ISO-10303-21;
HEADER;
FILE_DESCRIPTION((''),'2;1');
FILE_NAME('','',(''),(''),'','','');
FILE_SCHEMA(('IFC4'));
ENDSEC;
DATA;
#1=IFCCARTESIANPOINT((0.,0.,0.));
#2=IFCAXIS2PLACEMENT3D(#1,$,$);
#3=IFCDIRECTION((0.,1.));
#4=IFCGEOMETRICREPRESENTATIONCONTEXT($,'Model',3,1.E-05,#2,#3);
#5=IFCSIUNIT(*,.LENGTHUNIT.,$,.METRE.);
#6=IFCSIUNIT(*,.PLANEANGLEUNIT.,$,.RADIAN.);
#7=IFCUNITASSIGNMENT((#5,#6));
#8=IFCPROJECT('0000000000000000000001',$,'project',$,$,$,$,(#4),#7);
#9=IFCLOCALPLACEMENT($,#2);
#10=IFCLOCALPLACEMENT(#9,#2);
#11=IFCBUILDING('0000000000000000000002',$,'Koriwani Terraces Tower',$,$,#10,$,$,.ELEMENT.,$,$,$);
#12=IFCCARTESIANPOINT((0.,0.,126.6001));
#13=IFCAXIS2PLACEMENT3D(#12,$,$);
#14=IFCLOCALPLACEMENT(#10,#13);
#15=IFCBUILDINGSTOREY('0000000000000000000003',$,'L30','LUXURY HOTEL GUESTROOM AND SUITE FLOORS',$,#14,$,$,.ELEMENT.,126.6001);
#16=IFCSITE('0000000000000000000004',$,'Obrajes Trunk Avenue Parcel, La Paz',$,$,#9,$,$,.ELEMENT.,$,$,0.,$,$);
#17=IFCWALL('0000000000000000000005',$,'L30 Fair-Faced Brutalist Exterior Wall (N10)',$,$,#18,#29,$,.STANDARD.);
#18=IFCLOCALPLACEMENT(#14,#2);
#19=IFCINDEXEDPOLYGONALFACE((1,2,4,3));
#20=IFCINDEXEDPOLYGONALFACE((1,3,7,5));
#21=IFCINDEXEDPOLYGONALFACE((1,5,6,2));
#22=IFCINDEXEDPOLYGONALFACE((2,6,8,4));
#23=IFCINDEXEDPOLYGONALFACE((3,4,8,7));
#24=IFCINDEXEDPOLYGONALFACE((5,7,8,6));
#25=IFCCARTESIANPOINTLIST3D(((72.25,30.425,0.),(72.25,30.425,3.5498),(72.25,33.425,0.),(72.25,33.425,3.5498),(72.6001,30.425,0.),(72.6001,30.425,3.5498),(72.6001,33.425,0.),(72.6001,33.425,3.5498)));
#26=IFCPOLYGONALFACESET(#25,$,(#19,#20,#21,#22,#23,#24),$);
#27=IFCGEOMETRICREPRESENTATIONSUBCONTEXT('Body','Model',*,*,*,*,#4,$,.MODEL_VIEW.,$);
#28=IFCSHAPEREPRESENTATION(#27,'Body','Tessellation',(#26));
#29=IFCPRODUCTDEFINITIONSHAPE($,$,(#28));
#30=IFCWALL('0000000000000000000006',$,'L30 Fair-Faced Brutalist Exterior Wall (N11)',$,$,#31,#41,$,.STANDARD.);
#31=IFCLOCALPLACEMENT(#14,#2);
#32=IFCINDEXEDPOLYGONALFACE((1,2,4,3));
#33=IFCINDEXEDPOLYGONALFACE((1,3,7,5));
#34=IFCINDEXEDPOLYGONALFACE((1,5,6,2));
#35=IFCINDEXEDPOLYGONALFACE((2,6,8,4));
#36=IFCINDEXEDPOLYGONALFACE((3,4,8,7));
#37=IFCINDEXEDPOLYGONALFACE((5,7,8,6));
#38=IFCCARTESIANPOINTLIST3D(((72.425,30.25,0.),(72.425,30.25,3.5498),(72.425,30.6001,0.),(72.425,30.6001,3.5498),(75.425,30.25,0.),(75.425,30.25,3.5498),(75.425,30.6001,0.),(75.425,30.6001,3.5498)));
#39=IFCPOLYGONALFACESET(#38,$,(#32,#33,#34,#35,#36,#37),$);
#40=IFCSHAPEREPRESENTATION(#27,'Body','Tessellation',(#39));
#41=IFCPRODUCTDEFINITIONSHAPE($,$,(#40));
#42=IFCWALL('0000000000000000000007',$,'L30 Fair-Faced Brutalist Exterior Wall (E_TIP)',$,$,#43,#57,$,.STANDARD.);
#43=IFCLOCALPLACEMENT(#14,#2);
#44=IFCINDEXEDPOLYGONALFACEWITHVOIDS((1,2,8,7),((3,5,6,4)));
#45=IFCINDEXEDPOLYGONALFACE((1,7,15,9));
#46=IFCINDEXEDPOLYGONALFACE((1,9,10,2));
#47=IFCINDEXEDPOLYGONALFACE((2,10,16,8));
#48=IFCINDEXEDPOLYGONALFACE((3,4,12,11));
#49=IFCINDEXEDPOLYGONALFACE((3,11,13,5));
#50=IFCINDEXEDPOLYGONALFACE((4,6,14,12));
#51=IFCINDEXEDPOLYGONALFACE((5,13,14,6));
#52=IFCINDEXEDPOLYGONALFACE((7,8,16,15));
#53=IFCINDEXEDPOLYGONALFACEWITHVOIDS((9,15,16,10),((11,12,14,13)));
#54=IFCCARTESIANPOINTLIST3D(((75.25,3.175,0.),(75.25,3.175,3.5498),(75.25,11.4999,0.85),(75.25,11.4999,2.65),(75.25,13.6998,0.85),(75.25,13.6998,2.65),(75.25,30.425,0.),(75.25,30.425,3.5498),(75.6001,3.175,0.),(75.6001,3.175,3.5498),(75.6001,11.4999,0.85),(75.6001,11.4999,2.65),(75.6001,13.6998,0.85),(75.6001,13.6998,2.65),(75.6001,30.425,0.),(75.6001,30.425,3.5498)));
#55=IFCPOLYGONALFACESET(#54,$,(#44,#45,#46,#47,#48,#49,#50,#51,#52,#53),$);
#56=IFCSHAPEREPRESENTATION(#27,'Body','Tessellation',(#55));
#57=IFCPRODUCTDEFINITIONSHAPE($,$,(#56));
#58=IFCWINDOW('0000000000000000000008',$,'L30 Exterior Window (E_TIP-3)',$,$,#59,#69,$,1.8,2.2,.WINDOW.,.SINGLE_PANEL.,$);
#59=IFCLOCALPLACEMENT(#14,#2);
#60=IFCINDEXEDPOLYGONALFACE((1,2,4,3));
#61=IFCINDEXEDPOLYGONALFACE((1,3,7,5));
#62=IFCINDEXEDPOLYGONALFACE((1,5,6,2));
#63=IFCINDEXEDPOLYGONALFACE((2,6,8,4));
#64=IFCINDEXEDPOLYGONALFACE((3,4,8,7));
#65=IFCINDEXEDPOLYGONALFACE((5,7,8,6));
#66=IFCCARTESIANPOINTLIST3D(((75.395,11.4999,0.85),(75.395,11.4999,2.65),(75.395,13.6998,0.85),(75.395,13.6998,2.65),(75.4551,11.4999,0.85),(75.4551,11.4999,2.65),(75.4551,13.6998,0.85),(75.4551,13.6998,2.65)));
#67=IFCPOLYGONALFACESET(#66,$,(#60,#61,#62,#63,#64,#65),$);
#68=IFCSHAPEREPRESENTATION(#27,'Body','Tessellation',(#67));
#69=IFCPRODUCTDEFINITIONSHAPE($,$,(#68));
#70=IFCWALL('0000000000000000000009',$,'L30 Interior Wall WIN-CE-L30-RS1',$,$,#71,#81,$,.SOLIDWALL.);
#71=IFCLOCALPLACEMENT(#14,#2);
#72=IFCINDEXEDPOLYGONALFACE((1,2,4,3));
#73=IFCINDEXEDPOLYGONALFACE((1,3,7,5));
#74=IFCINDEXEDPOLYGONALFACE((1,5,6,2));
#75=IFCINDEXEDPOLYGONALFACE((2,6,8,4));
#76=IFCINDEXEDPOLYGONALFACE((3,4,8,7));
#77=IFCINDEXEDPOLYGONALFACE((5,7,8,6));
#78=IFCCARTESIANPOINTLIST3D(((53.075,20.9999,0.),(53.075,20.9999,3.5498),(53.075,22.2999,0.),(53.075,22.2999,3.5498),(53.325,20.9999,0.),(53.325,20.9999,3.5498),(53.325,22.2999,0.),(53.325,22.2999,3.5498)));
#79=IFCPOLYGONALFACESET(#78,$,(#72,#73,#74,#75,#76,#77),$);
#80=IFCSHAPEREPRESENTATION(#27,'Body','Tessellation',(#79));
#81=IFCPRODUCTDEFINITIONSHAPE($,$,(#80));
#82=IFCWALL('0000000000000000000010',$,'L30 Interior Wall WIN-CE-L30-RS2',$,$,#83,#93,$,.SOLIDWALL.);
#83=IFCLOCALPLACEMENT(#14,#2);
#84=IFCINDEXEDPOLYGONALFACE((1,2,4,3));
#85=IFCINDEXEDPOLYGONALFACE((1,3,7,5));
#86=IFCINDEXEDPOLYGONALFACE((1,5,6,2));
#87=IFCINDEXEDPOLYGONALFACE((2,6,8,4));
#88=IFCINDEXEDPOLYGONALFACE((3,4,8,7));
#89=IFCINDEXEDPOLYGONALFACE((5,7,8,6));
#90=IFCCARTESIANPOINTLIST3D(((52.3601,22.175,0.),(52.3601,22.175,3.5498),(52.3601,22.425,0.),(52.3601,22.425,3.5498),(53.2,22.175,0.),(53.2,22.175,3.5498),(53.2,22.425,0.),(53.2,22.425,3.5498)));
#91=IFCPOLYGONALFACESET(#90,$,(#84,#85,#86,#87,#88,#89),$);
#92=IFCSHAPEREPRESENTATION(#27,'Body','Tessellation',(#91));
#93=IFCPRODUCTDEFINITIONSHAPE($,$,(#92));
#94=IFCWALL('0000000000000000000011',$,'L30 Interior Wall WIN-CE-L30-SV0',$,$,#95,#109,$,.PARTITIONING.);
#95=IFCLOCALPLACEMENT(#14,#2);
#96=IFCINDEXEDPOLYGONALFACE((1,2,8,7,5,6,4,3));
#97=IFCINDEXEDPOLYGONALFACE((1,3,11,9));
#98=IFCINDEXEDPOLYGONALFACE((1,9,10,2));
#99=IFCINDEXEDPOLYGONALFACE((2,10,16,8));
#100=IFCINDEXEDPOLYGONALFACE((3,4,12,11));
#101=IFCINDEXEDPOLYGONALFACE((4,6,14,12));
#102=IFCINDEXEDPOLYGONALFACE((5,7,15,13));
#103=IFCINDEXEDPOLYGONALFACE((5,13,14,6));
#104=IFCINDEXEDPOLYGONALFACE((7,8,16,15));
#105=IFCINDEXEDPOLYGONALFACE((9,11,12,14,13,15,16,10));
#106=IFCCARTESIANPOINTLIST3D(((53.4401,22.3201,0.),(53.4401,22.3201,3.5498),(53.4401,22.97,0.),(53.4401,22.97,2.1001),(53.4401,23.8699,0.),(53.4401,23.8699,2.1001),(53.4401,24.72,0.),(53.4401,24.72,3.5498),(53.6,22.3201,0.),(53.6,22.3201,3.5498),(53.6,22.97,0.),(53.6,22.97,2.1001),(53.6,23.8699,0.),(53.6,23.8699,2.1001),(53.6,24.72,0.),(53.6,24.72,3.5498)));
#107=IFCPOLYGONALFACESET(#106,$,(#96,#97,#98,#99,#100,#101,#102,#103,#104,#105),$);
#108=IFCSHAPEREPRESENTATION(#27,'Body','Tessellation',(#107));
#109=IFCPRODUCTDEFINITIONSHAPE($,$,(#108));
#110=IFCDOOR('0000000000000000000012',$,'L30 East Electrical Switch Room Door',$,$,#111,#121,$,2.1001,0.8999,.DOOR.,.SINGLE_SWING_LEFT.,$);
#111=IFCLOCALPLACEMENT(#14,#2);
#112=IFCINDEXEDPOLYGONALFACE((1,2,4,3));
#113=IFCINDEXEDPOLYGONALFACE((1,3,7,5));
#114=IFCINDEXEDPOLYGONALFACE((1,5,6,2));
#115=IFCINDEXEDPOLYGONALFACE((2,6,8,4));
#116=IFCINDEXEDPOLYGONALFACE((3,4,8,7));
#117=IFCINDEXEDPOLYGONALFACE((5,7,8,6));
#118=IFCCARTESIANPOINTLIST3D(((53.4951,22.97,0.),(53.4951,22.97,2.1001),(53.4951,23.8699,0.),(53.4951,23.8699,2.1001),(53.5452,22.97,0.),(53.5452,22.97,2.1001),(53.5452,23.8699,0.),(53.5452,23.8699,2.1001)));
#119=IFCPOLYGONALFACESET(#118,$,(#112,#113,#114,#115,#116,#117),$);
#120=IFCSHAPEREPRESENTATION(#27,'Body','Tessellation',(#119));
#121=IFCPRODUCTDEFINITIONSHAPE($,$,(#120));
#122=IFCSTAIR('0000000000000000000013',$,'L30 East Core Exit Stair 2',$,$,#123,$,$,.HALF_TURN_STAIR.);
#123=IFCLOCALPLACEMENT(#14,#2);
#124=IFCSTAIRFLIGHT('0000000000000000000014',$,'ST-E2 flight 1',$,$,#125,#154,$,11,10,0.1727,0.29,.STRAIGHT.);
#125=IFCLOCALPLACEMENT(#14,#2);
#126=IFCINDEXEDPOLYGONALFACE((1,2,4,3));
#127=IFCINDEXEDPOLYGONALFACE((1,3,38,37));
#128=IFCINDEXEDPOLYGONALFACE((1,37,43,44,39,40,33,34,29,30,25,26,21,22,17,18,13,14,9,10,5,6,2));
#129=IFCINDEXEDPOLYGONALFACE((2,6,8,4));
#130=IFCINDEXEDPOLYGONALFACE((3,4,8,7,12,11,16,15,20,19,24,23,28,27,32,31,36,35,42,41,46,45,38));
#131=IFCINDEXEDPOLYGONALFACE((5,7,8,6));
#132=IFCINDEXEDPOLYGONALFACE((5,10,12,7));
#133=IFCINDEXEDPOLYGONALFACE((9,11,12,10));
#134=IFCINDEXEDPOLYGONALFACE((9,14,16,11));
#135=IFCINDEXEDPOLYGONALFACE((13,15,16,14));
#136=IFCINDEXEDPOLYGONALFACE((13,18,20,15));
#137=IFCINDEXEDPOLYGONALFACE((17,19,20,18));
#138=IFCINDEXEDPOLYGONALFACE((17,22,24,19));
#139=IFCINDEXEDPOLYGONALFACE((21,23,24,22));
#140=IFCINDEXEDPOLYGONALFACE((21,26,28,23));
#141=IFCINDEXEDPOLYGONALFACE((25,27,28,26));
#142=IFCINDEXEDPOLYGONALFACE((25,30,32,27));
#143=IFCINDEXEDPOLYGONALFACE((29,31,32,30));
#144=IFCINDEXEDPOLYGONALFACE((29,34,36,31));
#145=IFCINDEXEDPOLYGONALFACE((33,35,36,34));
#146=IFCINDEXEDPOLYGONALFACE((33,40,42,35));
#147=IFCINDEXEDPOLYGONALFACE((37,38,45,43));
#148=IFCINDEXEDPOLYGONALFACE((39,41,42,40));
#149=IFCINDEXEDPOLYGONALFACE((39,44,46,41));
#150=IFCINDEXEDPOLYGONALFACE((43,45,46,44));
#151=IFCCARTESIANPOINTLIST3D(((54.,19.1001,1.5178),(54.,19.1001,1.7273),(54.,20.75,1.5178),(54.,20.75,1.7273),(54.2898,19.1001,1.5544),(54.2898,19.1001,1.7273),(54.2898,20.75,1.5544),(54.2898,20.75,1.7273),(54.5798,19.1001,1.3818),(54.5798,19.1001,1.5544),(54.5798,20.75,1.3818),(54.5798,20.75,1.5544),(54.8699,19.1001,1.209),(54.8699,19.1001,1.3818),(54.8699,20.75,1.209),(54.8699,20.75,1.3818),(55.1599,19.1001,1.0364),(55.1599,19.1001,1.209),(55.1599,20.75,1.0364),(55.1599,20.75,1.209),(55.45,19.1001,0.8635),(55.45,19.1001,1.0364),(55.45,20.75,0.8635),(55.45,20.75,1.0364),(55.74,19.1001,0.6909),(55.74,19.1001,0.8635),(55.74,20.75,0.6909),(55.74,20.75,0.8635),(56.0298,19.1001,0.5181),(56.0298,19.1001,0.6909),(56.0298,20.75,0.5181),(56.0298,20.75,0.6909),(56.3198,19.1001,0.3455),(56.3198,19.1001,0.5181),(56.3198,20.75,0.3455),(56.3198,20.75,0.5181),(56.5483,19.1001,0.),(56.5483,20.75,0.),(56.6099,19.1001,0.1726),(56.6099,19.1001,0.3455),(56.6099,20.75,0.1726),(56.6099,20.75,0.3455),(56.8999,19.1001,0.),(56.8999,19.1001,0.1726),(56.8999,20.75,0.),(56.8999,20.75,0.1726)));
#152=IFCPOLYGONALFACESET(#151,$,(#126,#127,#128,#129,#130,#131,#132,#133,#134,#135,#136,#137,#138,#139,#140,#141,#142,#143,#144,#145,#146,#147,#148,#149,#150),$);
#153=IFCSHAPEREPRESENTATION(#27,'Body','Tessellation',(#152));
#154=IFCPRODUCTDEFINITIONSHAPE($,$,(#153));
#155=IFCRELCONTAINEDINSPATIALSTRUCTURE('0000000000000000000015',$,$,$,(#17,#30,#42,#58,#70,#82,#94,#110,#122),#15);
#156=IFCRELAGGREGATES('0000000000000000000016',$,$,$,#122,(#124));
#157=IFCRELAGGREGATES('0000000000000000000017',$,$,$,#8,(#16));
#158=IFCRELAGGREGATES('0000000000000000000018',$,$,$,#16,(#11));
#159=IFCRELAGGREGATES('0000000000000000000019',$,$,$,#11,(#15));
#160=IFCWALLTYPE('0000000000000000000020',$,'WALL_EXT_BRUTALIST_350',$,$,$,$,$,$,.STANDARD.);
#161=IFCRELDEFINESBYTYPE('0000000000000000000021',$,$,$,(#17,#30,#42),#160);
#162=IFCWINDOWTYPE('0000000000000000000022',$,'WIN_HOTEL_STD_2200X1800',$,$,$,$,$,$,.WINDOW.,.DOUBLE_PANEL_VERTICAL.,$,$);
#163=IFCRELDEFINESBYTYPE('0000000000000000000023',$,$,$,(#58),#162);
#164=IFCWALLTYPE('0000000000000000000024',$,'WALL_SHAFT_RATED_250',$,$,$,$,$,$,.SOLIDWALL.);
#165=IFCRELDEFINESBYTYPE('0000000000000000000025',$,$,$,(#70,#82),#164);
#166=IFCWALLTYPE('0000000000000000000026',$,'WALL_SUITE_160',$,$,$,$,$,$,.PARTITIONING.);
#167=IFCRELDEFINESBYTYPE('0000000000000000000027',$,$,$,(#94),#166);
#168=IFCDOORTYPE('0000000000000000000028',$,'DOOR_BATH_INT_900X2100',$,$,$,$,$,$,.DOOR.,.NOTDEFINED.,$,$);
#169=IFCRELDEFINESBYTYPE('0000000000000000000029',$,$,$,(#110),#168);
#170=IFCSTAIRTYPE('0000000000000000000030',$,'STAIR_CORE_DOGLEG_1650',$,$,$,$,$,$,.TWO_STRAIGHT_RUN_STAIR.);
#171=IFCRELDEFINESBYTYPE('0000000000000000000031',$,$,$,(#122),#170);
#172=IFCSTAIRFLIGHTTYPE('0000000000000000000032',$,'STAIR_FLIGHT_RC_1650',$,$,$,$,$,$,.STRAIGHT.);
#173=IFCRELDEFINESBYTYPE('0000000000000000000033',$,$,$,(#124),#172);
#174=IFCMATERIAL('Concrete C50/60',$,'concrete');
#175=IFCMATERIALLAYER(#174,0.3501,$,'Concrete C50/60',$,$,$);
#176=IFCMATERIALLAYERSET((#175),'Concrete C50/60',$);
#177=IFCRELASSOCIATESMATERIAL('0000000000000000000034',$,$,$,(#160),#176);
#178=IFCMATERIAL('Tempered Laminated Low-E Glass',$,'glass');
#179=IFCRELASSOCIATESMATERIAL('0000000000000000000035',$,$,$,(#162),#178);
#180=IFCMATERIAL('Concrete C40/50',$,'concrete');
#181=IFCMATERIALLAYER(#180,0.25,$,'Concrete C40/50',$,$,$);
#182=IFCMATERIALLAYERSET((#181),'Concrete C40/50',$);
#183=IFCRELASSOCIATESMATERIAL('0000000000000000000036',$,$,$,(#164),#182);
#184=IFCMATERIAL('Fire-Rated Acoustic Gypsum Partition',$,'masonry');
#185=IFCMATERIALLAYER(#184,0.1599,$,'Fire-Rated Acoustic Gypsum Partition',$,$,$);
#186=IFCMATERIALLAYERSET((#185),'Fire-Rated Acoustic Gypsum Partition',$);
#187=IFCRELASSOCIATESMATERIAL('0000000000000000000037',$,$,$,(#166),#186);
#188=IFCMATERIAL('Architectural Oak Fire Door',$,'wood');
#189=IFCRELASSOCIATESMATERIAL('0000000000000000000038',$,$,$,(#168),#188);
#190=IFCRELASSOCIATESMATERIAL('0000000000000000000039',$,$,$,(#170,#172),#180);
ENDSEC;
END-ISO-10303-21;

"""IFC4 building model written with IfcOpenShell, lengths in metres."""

from ifc_helpers import new_model, si_unit, direction, frame, frame_2d, origin, place, context, subcontext, project, spatial, polyline, rectangle, outline, extrude, material, layer, layer_set, type_object, element, fill, aggregate, save


model = new_model("IFC4")

# Units and contexts
model_context = context("Model", 3, precision=1e-05, world=origin(), true_north=direction((0.0, 1.0)))
body_context = subcontext(model_context, "Body", "Model", "MODEL_VIEW")
ifc_project = project(units=[si_unit("LENGTHUNIT", "METRE"), si_unit("PLANEANGLEUNIT", "RADIAN")], contexts=[model_context])

# Site, building, storey
site_placement = place(None, origin())
site = spatial("IfcSite", under=ifc_project, at=site_placement, Name="Obrajes Trunk Avenue Parcel, La Paz", CompositionType="ELEMENT", RefElevation=0.0)
building_placement = place(site_placement, origin())
building = spatial("IfcBuilding", under=site, at=building_placement, Name="Koriwani Terraces Tower", CompositionType="ELEMENT")
storey_placement = place(building_placement, frame((0.0, 0.0, 126.6001)))
storey = spatial("IfcBuildingStorey", under=building, at=storey_placement, Name="L30", Description="LUXURY HOTEL GUESTROOM AND SUITE FLOORS", CompositionType="ELEMENT", Elevation=126.6001)

# Shared definitions
ifc_material_1 = material(Name="Concrete C50/60", Category="concrete")

# Walls
ifc_layer_1 = layer(ifc_material_1, 0.3501, Name="Concrete C50/60")
ifc_layer_set_1 = layer_set([ifc_layer_1], Name="Concrete C50/60")
wall_type_1 = type_object("IfcWallType", Name="WALL_EXT_BRUTALIST_350", PredefinedType="STANDARD", material=ifc_layer_set_1)
for number, where, z_axis, x_axis, name in (
    (1, (72.425, 33.425, 0.0), (0.0, 0.0, 1.0), (0.0, -1.0, 0.0), "L30 Fair-Faced Brutalist Exterior Wall (N10)"),
    (2, (72.425, 30.425, 0.0), (0.0, 0.0, 1.0), (1.0, 0.0, 0.0), "L30 Fair-Faced Brutalist Exterior Wall (N11)"),
):
    element("IfcWall", number, at=place(storey_placement, frame(where, z_axis=z_axis, x_axis=x_axis)), inside=storey, type_object=wall_type_1, Name=name, PredefinedType="STANDARD", context=body_context, shape_type="SweptSolid", body=[
        extrude(rectangle(XDim=3.0, YDim=0.3501, at=frame_2d((1.5, 0.0))), origin(), (0.0, 0.0, 1.0), 3.5498),
    ])

# Wall, opening, window
wall_1_placement = place(storey_placement, frame((75.425, 30.425, 0.0), z_axis=(0.0, 0.0, 1.0), x_axis=(0.0, -1.0, 0.0)))
wall_1 = element("IfcWall", 3, at=wall_1_placement, inside=storey, type_object=wall_type_1, Name="L30 Fair-Faced Brutalist Exterior Wall (E_TIP)", PredefinedType="STANDARD", context=body_context, shape_type="SweptSolid", body=[
    extrude(rectangle(XDim=27.25, YDim=0.3501, at=frame_2d((13.625, 0.0))), origin(), (0.0, 0.0, 1.0), 3.5498),
])
opening_1_placement = place(wall_1_placement, frame((16.7251, 0.0, 0.8501)))
opening_1 = element("IfcOpeningElement", 4, at=opening_1_placement, cuts=wall_1, PredefinedType="OPENING", context=body_context, shape_type="SweptSolid", body=[
    extrude(rectangle(XDim=2.2, YDim=1.8, at=frame_2d((1.1001, 0.8999))), frame((0.0, 0.1851, 0.0), z_axis=(0.0, -1.0, 0.0), x_axis=(1.0, 0.0, 0.0)), (0.0, 0.0, 1.0), 0.3701),
])
ifc_material_2 = material(Name="Tempered Laminated Low-E Glass", Category="glass")
window_type = type_object("IfcWindowType", Name="WIN_HOTEL_STD_2200X1800", PartitioningType="DOUBLE_PANEL_VERTICAL", PredefinedType="WINDOW", material=ifc_material_2)
window_placement = place(opening_1_placement, origin())
window = element("IfcWindow", 5, at=window_placement, inside=storey, type_object=window_type, Name="L30 Exterior Window (E_TIP-3)", OverallHeight=1.8, OverallWidth=2.2, PartitioningType="SINGLE_PANEL", PredefinedType="WINDOW", context=body_context, shape_type="SweptSolid", body=[
    extrude(rectangle(XDim=2.2, YDim=1.8, at=frame_2d((1.1001, 0.8999))), frame((0.0, 0.03, 0.0), z_axis=(0.0, -1.0, 0.0), x_axis=(1.0, 0.0, 0.0)), (0.0, 0.0, 1.0), 0.0601),
])
fill(opening_1, window)

# Shared definitions
ifc_material_3 = material(Name="Concrete C40/50", Category="concrete")
ifc_layer_2 = layer(ifc_material_3, 0.25, Name="Concrete C40/50")
ifc_layer_set_2 = layer_set([ifc_layer_2], Name="Concrete C40/50")
wall_type_2 = type_object("IfcWallType", Name="WALL_SHAFT_RATED_250", PredefinedType="SOLIDWALL", material=ifc_layer_set_2)

# Walls
wall_2_placement = place(storey_placement, frame((53.2, 21.0, 0.0), z_axis=(0.0, 0.0, 1.0), x_axis=(0.0, 1.0, 0.0)))
element("IfcWall", 6, at=wall_2_placement, inside=storey, type_object=wall_type_2, Name="L30 Interior Wall WIN-CE-L30-RS1", PredefinedType="SOLIDWALL", context=body_context, shape_type="SweptSolid", body=[
    extrude(rectangle(XDim=1.3, YDim=0.25, at=frame_2d((0.6499, 0.0))), origin(), (0.0, 0.0, 1.0), 3.5498),
])
wall_3_placement = place(storey_placement, frame((52.3601, 22.3, 0.0), z_axis=(0.0, 0.0, 1.0), x_axis=(1.0, 0.0, 0.0)))
element("IfcWall", 7, at=wall_3_placement, inside=storey, type_object=wall_type_2, Name="L30 Interior Wall WIN-CE-L30-RS2", PredefinedType="SOLIDWALL", context=body_context, shape_type="SweptSolid", body=[
    extrude(rectangle(XDim=0.8398, YDim=0.25, at=frame_2d((0.4199, 0.0))), origin(), (0.0, 0.0, 1.0), 3.5498),
])

# Wall, opening, door
ifc_material_4 = material(Name="Fire-Rated Acoustic Gypsum Partition", Category="masonry")
ifc_layer_3 = layer(ifc_material_4, 0.1599, Name="Fire-Rated Acoustic Gypsum Partition")
ifc_layer_set_3 = layer_set([ifc_layer_3], Name="Fire-Rated Acoustic Gypsum Partition")
wall_type_3 = type_object("IfcWallType", Name="WALL_SUITE_160", PredefinedType="PARTITIONING", material=ifc_layer_set_3)
wall_4_placement = place(storey_placement, frame((53.52, 22.3201, 0.0), z_axis=(0.0, 0.0, 1.0), x_axis=(0.0, 1.0, 0.0)))
wall_4 = element("IfcWall", 8, at=wall_4_placement, inside=storey, type_object=wall_type_3, Name="L30 Interior Wall WIN-CE-L30-SV0", PredefinedType="PARTITIONING", context=body_context, shape_type="SweptSolid", body=[
    extrude(rectangle(XDim=2.3999, YDim=0.1599, at=frame_2d((1.2, 0.0))), origin(), (0.0, 0.0, 1.0), 3.5498),
])
opening_2_placement = place(wall_4_placement, frame((0.6499, 0.0, 0.0)))
opening_2 = element("IfcOpeningElement", 9, at=opening_2_placement, cuts=wall_4, PredefinedType="OPENING", context=body_context, shape_type="SweptSolid", body=[
    extrude(rectangle(XDim=0.8999, YDim=2.1001, at=frame_2d((0.45, 1.05))), frame((0.0, 0.0898, 0.0), z_axis=(0.0, -1.0, 0.0), x_axis=(1.0, 0.0, 0.0)), (0.0, 0.0, 1.0), 0.1799),
])
ifc_material_5 = material(Name="Architectural Oak Fire Door", Category="wood")
door_type_1 = type_object("IfcDoorType", Name="DOOR_BATH_INT_900X2100", OperationType="NOTDEFINED", PredefinedType="DOOR", material=ifc_material_5)
door_1_placement = place(opening_2_placement, origin())
door_1 = element("IfcDoor", 10, at=door_1_placement, inside=storey, type_object=door_type_1, Name="L30 East Electrical Switch Room Door", OperationType="SINGLE_SWING_LEFT", OverallHeight=2.1001, OverallWidth=0.8999, PredefinedType="DOOR", context=body_context, shape_type="SweptSolid", body=[
    extrude(rectangle(XDim=0.8999, YDim=2.1001, at=frame_2d((0.45, 1.05))), frame((0.0, 0.0249, 0.0), z_axis=(0.0, -1.0, 0.0), x_axis=(1.0, 0.0, 0.0)), (0.0, 0.0, 1.0), 0.05),
])
fill(opening_2, door_1)

# Stair, stair flight
stair_type = type_object("IfcStairType", Name="STAIR_CORE_DOGLEG_1650", PredefinedType="TWO_STRAIGHT_RUN_STAIR", material=ifc_material_3)
stair_placement = place(storey_placement, origin())
stair = element("IfcStair", 11, at=stair_placement, inside=storey, type_object=stair_type, Name="L30 East Core Exit Stair 2", PredefinedType="HALF_TURN_STAIR")
stair_flight_type = type_object("IfcStairFlightType", Name="STAIR_FLIGHT_RC_1650", PredefinedType="STRAIGHT", material=ifc_material_3)
stair_flight_1_placement = place(storey_placement, frame((56.8999, 19.925, 0.0), z_axis=(0.0, 0.0, 1.0), x_axis=(-1.0, 0.0, 0.0)))
stair_flight_1 = element("IfcStairFlight", 12, at=stair_flight_1_placement, type_object=stair_flight_type, Name="ST-E2 flight 1", NumberOfRisers=11, NumberOfTreads=10, PredefinedType="STRAIGHT", RiserHeight=0.1727, TreadLength=0.29, context=body_context, shape_type="SweptSolid", body=[
    extrude(outline(polyline([(0.0, 0.0), (0.0, 0.1726), (0.29, 0.1726), (0.29, 0.3455), (0.5801, 0.3455), (0.5801, 0.5181), (0.8701, 0.5181), (0.8701, 0.6909), (1.1599, 0.6909), (1.1599, 0.8635), (1.45, 0.8635), (1.45, 1.0364), (1.74, 1.0364), (1.74, 1.209), (2.03, 1.209), (2.03, 1.3818), (2.3201, 1.3818), (2.3201, 1.5544), (2.6101, 1.5544), (2.6101, 1.7273), (2.8999, 1.7273), (2.8999, 1.8999), (2.8999, 1.5178), (0.3516, 0.0), (0.0, 0.0)])), frame((0.0, 0.825, 0.0), z_axis=(0.0, -1.0, 0.0), x_axis=(1.0, 0.0, 0.0)), (0.0, 0.0, 1.0), 1.6499),
])
aggregate(stair, [stair_flight_1])

save(model, "model.ifc")
